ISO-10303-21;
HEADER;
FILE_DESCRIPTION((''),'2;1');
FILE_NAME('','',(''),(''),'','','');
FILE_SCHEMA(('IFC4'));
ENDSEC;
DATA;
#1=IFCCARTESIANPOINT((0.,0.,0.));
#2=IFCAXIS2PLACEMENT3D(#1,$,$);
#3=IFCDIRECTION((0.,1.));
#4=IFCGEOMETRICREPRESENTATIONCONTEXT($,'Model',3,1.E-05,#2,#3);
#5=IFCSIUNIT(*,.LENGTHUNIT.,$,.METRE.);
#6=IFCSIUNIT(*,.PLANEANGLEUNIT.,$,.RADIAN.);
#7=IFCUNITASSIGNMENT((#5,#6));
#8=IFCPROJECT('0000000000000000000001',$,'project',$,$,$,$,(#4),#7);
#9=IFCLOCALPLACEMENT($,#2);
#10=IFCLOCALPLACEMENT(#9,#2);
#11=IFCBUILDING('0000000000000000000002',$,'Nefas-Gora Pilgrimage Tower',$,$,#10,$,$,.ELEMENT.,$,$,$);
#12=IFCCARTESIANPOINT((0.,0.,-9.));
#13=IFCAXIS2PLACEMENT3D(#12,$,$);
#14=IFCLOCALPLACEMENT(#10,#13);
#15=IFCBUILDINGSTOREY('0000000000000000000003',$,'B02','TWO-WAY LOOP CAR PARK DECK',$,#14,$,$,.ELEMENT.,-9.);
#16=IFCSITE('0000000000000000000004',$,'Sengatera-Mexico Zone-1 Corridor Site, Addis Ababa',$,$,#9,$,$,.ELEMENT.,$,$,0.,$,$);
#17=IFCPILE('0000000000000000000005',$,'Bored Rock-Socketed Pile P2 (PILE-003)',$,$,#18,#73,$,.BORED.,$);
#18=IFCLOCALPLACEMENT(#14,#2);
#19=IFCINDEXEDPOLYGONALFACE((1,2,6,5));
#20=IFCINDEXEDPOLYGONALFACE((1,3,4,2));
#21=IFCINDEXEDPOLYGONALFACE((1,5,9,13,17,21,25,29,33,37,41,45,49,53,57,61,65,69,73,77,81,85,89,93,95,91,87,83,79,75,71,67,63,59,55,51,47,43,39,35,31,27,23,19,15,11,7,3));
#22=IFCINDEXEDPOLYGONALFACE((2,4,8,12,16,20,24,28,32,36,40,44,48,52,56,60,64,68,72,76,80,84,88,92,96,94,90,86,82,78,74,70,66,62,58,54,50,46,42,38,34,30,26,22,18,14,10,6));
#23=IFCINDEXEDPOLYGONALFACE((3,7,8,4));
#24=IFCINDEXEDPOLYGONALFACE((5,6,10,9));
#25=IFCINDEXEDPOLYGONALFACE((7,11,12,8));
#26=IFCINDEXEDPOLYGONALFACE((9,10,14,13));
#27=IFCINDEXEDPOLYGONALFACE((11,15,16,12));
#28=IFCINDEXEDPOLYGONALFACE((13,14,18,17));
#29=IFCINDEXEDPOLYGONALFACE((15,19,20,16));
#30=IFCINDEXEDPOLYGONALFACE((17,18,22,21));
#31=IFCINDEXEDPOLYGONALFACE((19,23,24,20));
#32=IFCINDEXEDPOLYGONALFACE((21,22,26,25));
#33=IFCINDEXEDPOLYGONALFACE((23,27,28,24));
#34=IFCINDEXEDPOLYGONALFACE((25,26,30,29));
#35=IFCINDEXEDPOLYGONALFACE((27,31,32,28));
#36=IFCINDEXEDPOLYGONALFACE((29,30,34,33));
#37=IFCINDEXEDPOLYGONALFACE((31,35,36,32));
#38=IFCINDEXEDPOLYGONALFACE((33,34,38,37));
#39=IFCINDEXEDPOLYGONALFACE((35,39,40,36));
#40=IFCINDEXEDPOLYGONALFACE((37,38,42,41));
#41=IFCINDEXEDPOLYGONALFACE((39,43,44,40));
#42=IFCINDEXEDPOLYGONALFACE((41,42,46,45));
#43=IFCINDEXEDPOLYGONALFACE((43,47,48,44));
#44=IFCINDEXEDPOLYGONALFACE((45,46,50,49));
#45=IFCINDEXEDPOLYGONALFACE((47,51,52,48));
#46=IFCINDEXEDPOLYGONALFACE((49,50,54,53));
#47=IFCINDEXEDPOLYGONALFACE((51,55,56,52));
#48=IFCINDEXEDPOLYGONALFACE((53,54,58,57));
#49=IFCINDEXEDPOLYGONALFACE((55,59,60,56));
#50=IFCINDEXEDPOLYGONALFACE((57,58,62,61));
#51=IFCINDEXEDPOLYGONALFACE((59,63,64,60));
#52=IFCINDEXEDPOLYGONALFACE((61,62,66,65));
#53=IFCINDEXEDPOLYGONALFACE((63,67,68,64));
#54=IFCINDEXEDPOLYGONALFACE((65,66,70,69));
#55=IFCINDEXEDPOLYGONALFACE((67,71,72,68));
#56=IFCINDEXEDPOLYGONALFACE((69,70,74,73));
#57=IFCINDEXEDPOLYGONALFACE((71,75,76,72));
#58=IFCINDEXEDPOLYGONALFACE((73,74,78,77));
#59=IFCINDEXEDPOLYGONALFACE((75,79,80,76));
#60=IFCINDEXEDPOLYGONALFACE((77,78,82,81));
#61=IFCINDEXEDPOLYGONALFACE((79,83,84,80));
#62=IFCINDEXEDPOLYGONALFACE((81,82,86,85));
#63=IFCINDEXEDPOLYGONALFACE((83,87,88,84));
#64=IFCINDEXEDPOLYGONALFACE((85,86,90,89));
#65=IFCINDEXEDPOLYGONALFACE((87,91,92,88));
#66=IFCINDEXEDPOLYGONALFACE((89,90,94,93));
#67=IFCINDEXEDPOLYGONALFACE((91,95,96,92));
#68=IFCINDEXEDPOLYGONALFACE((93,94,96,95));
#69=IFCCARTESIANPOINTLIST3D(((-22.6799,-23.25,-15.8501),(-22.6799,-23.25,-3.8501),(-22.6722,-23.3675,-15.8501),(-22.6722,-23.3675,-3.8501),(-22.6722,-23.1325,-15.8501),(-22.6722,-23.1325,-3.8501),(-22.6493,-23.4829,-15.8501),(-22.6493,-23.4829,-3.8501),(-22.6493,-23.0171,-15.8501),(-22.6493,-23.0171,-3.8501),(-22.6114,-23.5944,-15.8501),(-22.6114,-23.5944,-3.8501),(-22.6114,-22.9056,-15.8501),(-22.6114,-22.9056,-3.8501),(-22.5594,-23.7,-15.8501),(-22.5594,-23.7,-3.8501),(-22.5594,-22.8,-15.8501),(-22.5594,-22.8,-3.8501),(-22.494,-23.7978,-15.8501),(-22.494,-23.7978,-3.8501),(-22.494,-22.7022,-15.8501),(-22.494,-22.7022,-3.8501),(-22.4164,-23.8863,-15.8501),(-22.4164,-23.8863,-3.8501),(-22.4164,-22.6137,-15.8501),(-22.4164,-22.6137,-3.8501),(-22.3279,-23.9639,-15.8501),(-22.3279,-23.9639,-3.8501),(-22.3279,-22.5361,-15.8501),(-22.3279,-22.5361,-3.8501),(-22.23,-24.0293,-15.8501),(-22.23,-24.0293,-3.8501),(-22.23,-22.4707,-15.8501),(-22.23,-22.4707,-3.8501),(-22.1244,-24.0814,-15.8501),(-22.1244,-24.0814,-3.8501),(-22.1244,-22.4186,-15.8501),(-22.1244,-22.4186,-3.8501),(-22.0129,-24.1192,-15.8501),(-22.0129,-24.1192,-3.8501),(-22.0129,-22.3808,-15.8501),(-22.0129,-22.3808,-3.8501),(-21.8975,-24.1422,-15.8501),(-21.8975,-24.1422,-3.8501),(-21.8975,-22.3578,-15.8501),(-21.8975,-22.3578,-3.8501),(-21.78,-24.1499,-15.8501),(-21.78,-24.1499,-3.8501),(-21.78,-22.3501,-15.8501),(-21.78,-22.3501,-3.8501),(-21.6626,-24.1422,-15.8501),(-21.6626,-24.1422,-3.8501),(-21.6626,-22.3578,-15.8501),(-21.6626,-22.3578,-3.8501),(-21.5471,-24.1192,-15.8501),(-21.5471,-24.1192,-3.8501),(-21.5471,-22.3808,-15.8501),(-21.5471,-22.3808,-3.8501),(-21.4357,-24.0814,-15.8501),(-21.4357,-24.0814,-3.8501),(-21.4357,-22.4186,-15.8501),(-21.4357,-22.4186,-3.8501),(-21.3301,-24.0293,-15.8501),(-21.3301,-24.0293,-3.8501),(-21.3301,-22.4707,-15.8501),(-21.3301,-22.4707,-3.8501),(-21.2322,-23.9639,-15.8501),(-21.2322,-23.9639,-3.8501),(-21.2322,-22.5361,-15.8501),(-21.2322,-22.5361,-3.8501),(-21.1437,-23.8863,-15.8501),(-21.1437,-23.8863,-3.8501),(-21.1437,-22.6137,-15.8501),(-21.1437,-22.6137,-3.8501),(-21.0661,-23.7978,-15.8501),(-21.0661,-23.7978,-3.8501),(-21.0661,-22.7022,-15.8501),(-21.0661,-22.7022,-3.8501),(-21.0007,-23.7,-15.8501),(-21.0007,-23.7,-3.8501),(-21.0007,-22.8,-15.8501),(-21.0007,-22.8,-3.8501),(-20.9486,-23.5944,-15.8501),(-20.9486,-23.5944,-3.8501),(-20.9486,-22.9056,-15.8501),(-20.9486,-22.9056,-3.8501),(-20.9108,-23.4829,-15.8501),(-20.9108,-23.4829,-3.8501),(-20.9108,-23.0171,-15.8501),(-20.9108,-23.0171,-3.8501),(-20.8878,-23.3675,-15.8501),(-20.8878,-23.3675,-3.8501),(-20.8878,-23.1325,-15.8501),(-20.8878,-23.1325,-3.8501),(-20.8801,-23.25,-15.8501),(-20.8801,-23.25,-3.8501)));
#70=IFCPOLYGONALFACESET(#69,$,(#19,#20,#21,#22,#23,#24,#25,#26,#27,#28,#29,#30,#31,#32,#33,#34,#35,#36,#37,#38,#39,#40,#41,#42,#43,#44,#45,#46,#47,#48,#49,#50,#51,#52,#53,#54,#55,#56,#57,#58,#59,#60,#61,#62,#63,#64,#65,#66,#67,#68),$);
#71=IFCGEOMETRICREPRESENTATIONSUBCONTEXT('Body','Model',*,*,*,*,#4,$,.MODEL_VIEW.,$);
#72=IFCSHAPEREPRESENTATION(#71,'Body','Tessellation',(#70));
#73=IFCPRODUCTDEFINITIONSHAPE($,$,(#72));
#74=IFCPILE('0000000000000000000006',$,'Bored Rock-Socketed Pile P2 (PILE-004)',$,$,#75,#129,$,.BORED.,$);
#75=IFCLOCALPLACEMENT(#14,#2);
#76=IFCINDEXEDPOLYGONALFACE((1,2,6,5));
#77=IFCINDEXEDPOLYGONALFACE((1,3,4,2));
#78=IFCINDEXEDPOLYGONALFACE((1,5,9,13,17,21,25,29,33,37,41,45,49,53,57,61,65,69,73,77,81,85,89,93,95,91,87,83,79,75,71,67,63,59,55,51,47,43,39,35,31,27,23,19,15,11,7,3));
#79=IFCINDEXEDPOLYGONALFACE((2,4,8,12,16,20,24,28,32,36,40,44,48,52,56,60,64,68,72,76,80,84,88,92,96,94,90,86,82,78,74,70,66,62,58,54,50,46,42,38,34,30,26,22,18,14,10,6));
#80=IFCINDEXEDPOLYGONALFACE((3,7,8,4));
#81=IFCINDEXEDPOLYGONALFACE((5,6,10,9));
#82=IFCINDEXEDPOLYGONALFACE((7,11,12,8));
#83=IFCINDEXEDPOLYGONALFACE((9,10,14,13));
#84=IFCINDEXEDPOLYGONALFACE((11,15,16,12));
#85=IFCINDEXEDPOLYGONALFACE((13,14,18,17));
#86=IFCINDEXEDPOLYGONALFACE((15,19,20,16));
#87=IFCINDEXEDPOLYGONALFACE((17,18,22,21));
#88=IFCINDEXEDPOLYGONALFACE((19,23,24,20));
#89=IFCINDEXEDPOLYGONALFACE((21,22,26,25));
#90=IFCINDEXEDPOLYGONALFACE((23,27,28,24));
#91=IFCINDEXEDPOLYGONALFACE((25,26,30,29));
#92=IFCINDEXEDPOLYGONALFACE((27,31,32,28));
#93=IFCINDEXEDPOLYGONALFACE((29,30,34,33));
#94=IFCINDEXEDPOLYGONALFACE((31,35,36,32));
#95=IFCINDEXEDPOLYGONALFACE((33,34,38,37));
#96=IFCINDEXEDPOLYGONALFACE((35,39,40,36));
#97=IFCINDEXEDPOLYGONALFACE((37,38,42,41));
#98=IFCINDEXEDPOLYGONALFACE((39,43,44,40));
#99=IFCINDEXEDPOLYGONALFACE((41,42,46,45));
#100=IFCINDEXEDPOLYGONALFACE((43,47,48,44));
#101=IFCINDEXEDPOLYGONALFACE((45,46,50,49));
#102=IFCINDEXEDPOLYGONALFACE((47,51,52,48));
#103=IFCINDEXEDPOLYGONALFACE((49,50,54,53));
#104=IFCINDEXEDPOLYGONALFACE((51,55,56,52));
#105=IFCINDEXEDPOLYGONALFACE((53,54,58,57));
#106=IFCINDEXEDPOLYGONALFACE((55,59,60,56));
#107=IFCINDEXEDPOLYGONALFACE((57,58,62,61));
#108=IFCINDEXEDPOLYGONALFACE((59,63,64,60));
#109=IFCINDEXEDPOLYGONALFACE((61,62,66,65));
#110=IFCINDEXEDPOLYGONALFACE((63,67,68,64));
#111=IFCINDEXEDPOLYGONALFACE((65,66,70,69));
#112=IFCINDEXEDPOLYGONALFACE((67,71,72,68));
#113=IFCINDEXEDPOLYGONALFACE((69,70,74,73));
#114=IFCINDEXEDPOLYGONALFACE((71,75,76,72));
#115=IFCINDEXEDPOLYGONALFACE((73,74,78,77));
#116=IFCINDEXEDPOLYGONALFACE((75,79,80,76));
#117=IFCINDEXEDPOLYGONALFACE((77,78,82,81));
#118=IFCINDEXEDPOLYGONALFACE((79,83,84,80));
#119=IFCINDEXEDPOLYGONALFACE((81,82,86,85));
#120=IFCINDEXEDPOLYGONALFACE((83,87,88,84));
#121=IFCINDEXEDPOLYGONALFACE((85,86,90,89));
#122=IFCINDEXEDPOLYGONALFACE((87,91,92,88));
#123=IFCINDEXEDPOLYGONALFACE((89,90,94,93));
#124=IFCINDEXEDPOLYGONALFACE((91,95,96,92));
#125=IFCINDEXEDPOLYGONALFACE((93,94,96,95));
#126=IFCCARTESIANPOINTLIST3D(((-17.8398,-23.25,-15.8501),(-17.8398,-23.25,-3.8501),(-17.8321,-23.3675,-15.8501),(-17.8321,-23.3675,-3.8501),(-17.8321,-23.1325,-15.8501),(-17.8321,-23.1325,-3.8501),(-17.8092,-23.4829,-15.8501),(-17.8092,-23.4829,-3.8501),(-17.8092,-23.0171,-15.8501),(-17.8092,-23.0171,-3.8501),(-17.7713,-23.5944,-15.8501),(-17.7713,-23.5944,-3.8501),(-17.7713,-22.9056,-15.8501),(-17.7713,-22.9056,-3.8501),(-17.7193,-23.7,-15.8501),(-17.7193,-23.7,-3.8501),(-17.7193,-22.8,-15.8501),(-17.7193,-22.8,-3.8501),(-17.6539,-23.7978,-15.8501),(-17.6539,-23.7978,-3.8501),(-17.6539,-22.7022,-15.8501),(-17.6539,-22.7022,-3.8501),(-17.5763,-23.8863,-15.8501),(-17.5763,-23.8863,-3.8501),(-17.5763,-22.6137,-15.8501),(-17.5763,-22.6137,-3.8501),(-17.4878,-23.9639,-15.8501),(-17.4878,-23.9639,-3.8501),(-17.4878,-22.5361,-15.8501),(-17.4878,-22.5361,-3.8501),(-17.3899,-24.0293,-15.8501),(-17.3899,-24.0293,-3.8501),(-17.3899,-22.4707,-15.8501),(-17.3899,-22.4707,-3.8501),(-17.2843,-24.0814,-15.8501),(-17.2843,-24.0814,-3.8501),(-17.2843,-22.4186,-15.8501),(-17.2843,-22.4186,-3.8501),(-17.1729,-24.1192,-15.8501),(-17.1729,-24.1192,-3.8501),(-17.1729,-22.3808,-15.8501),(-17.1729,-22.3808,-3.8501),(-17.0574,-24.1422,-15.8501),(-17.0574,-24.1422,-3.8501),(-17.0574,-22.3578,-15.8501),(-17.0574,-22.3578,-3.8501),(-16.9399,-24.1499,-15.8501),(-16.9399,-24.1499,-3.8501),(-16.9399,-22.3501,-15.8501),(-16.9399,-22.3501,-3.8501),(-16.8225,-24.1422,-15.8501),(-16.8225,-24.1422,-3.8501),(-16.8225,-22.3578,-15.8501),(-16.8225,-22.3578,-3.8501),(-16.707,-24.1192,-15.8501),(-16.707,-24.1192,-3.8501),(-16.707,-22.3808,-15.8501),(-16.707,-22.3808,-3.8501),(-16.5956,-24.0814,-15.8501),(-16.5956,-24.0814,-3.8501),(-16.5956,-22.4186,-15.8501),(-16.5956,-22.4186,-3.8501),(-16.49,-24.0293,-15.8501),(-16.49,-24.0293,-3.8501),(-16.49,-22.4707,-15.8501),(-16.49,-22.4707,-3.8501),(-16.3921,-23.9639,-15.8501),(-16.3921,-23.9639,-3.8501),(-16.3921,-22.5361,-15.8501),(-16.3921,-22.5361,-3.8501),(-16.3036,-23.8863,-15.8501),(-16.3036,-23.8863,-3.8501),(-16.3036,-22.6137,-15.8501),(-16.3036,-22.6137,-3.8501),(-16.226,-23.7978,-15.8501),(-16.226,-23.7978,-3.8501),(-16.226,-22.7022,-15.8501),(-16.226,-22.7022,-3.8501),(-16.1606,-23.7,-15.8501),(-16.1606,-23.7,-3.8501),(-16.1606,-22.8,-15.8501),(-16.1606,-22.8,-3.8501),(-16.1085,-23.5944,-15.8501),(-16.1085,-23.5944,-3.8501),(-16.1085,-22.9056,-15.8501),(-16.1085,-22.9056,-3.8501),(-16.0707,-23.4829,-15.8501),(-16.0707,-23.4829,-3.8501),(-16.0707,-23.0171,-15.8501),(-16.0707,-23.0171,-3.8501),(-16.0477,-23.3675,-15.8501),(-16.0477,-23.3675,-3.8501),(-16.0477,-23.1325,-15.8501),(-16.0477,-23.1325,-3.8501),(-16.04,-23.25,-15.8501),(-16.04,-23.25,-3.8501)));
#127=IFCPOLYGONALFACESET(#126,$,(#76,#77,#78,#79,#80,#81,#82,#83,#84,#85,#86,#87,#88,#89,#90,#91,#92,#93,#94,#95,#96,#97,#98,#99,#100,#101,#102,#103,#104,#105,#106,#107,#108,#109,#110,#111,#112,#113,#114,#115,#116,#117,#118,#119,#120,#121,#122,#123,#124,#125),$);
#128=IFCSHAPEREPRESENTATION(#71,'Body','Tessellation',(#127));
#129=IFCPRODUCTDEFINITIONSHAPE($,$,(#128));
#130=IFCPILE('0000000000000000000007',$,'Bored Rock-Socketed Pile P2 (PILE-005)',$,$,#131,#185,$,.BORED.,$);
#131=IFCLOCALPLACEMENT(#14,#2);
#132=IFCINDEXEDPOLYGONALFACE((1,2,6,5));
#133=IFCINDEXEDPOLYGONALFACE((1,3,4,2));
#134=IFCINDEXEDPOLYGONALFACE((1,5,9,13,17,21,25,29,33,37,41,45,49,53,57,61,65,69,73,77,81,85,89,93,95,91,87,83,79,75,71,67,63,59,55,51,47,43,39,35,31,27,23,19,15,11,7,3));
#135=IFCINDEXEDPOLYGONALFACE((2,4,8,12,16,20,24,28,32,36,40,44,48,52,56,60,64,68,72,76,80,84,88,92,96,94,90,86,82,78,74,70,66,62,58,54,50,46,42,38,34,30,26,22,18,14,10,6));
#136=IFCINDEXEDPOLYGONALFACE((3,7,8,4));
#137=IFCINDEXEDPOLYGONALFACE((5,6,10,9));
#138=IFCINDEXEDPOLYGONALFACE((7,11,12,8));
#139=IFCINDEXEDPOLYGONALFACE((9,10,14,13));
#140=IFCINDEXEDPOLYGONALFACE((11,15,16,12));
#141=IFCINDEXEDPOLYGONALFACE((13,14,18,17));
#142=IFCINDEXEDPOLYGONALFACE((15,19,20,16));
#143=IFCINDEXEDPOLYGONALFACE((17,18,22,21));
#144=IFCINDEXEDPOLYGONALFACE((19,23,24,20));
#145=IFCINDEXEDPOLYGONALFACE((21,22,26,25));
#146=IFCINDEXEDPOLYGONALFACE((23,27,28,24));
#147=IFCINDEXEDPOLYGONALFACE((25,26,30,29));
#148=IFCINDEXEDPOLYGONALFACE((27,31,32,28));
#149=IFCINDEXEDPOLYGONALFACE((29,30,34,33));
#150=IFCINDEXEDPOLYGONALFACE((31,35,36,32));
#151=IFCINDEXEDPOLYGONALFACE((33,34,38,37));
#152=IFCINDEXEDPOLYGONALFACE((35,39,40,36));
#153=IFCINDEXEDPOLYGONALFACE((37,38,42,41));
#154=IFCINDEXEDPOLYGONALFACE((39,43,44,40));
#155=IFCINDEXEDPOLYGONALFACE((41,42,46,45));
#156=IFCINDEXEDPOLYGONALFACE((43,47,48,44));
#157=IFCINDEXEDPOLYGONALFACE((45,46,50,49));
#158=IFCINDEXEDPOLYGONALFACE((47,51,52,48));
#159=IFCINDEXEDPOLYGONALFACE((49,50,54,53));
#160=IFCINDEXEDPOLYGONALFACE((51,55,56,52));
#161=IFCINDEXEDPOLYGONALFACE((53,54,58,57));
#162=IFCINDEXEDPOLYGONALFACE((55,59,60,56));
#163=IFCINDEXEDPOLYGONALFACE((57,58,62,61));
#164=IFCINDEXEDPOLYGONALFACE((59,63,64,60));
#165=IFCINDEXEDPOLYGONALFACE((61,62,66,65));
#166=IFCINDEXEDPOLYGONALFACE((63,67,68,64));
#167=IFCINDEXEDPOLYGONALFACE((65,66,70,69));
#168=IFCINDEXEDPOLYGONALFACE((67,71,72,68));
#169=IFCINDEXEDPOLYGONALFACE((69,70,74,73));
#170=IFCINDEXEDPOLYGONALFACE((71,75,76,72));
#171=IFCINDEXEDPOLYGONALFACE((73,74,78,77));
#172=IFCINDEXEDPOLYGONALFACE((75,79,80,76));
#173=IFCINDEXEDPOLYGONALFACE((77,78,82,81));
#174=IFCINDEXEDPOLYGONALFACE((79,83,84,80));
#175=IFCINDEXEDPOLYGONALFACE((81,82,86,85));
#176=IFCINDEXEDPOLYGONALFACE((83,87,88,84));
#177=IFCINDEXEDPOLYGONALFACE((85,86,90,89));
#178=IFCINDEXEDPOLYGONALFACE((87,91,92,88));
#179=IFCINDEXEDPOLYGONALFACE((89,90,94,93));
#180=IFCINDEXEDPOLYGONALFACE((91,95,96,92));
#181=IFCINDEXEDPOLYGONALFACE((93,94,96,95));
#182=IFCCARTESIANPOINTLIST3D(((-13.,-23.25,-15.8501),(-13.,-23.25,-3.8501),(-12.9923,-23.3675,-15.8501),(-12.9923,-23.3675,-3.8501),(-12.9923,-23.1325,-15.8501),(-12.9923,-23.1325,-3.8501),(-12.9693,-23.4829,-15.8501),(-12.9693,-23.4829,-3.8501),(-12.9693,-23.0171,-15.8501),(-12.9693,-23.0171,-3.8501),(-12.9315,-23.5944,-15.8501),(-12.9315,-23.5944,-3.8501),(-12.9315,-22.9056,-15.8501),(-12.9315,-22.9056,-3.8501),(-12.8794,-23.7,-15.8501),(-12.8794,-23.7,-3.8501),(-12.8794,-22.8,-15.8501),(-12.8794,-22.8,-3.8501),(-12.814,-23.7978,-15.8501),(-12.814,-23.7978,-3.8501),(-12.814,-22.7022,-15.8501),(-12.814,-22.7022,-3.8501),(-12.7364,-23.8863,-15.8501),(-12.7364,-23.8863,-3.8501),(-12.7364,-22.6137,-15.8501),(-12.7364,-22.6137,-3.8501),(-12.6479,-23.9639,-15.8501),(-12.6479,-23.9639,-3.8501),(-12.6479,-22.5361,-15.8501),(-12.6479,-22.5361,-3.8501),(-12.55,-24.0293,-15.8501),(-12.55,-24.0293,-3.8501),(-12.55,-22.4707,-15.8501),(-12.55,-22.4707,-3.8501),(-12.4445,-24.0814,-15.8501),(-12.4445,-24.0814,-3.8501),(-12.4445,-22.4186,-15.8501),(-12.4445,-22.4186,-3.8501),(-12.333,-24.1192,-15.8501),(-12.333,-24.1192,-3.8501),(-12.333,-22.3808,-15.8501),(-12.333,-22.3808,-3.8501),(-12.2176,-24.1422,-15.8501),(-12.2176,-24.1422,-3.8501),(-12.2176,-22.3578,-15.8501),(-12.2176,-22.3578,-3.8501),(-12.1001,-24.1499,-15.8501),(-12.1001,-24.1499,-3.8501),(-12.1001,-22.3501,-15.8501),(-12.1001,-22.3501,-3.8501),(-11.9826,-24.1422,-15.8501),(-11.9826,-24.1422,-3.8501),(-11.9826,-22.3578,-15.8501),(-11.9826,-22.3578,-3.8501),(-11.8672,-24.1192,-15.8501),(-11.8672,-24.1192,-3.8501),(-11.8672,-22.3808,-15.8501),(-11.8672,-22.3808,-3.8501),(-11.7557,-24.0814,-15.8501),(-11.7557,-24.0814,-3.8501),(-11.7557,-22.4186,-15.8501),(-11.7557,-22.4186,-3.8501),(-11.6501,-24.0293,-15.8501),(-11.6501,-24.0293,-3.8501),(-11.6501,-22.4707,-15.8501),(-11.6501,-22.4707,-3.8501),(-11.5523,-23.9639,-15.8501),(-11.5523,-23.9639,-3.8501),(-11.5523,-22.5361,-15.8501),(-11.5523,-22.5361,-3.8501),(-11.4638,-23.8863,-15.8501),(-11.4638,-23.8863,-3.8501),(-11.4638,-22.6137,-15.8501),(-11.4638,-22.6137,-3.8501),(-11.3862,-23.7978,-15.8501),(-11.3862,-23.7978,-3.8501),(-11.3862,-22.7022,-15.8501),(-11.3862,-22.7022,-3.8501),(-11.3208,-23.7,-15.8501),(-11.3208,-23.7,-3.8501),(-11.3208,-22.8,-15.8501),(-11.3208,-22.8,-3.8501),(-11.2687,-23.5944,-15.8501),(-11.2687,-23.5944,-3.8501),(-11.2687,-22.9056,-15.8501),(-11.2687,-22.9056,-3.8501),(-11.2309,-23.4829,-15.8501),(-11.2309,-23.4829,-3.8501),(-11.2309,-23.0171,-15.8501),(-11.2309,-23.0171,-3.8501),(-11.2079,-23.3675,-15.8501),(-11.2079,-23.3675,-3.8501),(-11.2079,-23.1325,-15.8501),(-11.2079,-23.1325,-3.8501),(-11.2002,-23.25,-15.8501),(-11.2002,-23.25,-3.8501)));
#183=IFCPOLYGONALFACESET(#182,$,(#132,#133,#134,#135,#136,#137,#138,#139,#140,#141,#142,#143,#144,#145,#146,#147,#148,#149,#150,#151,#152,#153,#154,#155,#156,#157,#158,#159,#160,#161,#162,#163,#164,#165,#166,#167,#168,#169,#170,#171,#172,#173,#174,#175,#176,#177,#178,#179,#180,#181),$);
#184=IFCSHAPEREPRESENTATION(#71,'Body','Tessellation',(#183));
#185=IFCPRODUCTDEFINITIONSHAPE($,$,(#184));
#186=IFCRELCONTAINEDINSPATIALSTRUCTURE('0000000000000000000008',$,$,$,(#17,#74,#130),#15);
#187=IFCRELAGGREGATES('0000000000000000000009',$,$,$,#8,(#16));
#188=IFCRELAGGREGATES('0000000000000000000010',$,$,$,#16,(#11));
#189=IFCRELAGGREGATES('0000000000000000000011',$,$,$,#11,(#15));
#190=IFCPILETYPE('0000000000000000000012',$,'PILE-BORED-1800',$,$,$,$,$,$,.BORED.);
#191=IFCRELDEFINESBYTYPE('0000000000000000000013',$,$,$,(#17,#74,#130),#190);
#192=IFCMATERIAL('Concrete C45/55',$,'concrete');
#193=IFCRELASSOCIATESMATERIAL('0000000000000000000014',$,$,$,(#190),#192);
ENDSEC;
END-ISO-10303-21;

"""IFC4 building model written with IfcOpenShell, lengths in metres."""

from ifc_helpers import new_model, si_unit, direction, frame, origin, origin_2d, place, context, subcontext, project, spatial, circle, extrude, source, transform, mapped, material, material_profile, profile_set, type_object, element, save


model = new_model("IFC4")

# Units and contexts
model_context = context("Model", 3, precision=1e-05, world=origin(), true_north=direction((0.0, 1.0)))
body_context = subcontext(model_context, "Body", "Model", "MODEL_VIEW")
ifc_project = project(units=[si_unit("LENGTHUNIT", "METRE"), si_unit("PLANEANGLEUNIT", "RADIAN")], contexts=[model_context])

# Site, building, storey
site_placement = place(None, origin())
site = spatial("IfcSite", under=ifc_project, at=site_placement, Name="Sengatera-Mexico Zone-1 Corridor Site, Addis Ababa", CompositionType="ELEMENT", RefElevation=0.0)
building_placement = place(site_placement, origin())
building = spatial("IfcBuilding", under=site, at=building_placement, Name="Nefas-Gora Pilgrimage Tower", CompositionType="ELEMENT")
storey_placement = place(building_placement, frame((0.0, 0.0, -9.0)))
storey = spatial("IfcBuildingStorey", under=building, at=storey_placement, Name="B02", Description="TWO-WAY LOOP CAR PARK DECK", CompositionType="ELEMENT", Elevation=-9.0)

# Piles
ifc_material_1 = material(Name="Concrete C45/55", Category="concrete")
ifc_material_profile_1 = material_profile(ifc_material_1, circle(Radius=0.8999, at=origin_2d()), Name="PILE D1800")
ifc_profile_set_1 = profile_set([ifc_material_profile_1], Name="Concrete C45/55")
pile_type_1 = type_object("IfcPileType", Name="PILE-BORED-1800", PredefinedType="BORED", material=ifc_profile_set_1)
shared_shape_1 = source(origin(), body_context, "Body", "SweptSolid", [
    extrude(circle(Radius=0.8999, at=origin_2d()), origin(), (0.0, 0.0, 1.0), 12.0),
])
for number, where, z_axis, x_axis, name in (
    (1, (-21.78, -23.25, -3.8501), (0.0, 0.0, -1.0), (1.0, 0.0, 0.0), "Bored Rock-Socketed Pile P2 (PILE-003)"),
    (2, (-16.9399, -23.25, -3.8501), (0.0, 0.0, -1.0), (1.0, 0.0, 0.0), "Bored Rock-Socketed Pile P2 (PILE-004)"),
    (3, (-12.1001, -23.25, -3.8501), (0.0, 0.0, -1.0), (1.0, 0.0, 0.0), "Bored Rock-Socketed Pile P2 (PILE-005)"),
):
    element("IfcPile", number, at=place(storey_placement, frame(where, z_axis=z_axis, x_axis=x_axis)), inside=storey, type_object=pile_type_1, Name=name, PredefinedType="BORED", context=body_context, shape_type="MappedRepresentation", body=[
        mapped(shared_shape_1, transform((0.0, 0.0, 0.0), x_axis=(1.0, 0.0, 0.0), y_axis=(0.0, 1.0, 0.0), z_axis=(0.0, 0.0, 1.0), scale=1.0)),
    ])

save(model, "model.ifc")
